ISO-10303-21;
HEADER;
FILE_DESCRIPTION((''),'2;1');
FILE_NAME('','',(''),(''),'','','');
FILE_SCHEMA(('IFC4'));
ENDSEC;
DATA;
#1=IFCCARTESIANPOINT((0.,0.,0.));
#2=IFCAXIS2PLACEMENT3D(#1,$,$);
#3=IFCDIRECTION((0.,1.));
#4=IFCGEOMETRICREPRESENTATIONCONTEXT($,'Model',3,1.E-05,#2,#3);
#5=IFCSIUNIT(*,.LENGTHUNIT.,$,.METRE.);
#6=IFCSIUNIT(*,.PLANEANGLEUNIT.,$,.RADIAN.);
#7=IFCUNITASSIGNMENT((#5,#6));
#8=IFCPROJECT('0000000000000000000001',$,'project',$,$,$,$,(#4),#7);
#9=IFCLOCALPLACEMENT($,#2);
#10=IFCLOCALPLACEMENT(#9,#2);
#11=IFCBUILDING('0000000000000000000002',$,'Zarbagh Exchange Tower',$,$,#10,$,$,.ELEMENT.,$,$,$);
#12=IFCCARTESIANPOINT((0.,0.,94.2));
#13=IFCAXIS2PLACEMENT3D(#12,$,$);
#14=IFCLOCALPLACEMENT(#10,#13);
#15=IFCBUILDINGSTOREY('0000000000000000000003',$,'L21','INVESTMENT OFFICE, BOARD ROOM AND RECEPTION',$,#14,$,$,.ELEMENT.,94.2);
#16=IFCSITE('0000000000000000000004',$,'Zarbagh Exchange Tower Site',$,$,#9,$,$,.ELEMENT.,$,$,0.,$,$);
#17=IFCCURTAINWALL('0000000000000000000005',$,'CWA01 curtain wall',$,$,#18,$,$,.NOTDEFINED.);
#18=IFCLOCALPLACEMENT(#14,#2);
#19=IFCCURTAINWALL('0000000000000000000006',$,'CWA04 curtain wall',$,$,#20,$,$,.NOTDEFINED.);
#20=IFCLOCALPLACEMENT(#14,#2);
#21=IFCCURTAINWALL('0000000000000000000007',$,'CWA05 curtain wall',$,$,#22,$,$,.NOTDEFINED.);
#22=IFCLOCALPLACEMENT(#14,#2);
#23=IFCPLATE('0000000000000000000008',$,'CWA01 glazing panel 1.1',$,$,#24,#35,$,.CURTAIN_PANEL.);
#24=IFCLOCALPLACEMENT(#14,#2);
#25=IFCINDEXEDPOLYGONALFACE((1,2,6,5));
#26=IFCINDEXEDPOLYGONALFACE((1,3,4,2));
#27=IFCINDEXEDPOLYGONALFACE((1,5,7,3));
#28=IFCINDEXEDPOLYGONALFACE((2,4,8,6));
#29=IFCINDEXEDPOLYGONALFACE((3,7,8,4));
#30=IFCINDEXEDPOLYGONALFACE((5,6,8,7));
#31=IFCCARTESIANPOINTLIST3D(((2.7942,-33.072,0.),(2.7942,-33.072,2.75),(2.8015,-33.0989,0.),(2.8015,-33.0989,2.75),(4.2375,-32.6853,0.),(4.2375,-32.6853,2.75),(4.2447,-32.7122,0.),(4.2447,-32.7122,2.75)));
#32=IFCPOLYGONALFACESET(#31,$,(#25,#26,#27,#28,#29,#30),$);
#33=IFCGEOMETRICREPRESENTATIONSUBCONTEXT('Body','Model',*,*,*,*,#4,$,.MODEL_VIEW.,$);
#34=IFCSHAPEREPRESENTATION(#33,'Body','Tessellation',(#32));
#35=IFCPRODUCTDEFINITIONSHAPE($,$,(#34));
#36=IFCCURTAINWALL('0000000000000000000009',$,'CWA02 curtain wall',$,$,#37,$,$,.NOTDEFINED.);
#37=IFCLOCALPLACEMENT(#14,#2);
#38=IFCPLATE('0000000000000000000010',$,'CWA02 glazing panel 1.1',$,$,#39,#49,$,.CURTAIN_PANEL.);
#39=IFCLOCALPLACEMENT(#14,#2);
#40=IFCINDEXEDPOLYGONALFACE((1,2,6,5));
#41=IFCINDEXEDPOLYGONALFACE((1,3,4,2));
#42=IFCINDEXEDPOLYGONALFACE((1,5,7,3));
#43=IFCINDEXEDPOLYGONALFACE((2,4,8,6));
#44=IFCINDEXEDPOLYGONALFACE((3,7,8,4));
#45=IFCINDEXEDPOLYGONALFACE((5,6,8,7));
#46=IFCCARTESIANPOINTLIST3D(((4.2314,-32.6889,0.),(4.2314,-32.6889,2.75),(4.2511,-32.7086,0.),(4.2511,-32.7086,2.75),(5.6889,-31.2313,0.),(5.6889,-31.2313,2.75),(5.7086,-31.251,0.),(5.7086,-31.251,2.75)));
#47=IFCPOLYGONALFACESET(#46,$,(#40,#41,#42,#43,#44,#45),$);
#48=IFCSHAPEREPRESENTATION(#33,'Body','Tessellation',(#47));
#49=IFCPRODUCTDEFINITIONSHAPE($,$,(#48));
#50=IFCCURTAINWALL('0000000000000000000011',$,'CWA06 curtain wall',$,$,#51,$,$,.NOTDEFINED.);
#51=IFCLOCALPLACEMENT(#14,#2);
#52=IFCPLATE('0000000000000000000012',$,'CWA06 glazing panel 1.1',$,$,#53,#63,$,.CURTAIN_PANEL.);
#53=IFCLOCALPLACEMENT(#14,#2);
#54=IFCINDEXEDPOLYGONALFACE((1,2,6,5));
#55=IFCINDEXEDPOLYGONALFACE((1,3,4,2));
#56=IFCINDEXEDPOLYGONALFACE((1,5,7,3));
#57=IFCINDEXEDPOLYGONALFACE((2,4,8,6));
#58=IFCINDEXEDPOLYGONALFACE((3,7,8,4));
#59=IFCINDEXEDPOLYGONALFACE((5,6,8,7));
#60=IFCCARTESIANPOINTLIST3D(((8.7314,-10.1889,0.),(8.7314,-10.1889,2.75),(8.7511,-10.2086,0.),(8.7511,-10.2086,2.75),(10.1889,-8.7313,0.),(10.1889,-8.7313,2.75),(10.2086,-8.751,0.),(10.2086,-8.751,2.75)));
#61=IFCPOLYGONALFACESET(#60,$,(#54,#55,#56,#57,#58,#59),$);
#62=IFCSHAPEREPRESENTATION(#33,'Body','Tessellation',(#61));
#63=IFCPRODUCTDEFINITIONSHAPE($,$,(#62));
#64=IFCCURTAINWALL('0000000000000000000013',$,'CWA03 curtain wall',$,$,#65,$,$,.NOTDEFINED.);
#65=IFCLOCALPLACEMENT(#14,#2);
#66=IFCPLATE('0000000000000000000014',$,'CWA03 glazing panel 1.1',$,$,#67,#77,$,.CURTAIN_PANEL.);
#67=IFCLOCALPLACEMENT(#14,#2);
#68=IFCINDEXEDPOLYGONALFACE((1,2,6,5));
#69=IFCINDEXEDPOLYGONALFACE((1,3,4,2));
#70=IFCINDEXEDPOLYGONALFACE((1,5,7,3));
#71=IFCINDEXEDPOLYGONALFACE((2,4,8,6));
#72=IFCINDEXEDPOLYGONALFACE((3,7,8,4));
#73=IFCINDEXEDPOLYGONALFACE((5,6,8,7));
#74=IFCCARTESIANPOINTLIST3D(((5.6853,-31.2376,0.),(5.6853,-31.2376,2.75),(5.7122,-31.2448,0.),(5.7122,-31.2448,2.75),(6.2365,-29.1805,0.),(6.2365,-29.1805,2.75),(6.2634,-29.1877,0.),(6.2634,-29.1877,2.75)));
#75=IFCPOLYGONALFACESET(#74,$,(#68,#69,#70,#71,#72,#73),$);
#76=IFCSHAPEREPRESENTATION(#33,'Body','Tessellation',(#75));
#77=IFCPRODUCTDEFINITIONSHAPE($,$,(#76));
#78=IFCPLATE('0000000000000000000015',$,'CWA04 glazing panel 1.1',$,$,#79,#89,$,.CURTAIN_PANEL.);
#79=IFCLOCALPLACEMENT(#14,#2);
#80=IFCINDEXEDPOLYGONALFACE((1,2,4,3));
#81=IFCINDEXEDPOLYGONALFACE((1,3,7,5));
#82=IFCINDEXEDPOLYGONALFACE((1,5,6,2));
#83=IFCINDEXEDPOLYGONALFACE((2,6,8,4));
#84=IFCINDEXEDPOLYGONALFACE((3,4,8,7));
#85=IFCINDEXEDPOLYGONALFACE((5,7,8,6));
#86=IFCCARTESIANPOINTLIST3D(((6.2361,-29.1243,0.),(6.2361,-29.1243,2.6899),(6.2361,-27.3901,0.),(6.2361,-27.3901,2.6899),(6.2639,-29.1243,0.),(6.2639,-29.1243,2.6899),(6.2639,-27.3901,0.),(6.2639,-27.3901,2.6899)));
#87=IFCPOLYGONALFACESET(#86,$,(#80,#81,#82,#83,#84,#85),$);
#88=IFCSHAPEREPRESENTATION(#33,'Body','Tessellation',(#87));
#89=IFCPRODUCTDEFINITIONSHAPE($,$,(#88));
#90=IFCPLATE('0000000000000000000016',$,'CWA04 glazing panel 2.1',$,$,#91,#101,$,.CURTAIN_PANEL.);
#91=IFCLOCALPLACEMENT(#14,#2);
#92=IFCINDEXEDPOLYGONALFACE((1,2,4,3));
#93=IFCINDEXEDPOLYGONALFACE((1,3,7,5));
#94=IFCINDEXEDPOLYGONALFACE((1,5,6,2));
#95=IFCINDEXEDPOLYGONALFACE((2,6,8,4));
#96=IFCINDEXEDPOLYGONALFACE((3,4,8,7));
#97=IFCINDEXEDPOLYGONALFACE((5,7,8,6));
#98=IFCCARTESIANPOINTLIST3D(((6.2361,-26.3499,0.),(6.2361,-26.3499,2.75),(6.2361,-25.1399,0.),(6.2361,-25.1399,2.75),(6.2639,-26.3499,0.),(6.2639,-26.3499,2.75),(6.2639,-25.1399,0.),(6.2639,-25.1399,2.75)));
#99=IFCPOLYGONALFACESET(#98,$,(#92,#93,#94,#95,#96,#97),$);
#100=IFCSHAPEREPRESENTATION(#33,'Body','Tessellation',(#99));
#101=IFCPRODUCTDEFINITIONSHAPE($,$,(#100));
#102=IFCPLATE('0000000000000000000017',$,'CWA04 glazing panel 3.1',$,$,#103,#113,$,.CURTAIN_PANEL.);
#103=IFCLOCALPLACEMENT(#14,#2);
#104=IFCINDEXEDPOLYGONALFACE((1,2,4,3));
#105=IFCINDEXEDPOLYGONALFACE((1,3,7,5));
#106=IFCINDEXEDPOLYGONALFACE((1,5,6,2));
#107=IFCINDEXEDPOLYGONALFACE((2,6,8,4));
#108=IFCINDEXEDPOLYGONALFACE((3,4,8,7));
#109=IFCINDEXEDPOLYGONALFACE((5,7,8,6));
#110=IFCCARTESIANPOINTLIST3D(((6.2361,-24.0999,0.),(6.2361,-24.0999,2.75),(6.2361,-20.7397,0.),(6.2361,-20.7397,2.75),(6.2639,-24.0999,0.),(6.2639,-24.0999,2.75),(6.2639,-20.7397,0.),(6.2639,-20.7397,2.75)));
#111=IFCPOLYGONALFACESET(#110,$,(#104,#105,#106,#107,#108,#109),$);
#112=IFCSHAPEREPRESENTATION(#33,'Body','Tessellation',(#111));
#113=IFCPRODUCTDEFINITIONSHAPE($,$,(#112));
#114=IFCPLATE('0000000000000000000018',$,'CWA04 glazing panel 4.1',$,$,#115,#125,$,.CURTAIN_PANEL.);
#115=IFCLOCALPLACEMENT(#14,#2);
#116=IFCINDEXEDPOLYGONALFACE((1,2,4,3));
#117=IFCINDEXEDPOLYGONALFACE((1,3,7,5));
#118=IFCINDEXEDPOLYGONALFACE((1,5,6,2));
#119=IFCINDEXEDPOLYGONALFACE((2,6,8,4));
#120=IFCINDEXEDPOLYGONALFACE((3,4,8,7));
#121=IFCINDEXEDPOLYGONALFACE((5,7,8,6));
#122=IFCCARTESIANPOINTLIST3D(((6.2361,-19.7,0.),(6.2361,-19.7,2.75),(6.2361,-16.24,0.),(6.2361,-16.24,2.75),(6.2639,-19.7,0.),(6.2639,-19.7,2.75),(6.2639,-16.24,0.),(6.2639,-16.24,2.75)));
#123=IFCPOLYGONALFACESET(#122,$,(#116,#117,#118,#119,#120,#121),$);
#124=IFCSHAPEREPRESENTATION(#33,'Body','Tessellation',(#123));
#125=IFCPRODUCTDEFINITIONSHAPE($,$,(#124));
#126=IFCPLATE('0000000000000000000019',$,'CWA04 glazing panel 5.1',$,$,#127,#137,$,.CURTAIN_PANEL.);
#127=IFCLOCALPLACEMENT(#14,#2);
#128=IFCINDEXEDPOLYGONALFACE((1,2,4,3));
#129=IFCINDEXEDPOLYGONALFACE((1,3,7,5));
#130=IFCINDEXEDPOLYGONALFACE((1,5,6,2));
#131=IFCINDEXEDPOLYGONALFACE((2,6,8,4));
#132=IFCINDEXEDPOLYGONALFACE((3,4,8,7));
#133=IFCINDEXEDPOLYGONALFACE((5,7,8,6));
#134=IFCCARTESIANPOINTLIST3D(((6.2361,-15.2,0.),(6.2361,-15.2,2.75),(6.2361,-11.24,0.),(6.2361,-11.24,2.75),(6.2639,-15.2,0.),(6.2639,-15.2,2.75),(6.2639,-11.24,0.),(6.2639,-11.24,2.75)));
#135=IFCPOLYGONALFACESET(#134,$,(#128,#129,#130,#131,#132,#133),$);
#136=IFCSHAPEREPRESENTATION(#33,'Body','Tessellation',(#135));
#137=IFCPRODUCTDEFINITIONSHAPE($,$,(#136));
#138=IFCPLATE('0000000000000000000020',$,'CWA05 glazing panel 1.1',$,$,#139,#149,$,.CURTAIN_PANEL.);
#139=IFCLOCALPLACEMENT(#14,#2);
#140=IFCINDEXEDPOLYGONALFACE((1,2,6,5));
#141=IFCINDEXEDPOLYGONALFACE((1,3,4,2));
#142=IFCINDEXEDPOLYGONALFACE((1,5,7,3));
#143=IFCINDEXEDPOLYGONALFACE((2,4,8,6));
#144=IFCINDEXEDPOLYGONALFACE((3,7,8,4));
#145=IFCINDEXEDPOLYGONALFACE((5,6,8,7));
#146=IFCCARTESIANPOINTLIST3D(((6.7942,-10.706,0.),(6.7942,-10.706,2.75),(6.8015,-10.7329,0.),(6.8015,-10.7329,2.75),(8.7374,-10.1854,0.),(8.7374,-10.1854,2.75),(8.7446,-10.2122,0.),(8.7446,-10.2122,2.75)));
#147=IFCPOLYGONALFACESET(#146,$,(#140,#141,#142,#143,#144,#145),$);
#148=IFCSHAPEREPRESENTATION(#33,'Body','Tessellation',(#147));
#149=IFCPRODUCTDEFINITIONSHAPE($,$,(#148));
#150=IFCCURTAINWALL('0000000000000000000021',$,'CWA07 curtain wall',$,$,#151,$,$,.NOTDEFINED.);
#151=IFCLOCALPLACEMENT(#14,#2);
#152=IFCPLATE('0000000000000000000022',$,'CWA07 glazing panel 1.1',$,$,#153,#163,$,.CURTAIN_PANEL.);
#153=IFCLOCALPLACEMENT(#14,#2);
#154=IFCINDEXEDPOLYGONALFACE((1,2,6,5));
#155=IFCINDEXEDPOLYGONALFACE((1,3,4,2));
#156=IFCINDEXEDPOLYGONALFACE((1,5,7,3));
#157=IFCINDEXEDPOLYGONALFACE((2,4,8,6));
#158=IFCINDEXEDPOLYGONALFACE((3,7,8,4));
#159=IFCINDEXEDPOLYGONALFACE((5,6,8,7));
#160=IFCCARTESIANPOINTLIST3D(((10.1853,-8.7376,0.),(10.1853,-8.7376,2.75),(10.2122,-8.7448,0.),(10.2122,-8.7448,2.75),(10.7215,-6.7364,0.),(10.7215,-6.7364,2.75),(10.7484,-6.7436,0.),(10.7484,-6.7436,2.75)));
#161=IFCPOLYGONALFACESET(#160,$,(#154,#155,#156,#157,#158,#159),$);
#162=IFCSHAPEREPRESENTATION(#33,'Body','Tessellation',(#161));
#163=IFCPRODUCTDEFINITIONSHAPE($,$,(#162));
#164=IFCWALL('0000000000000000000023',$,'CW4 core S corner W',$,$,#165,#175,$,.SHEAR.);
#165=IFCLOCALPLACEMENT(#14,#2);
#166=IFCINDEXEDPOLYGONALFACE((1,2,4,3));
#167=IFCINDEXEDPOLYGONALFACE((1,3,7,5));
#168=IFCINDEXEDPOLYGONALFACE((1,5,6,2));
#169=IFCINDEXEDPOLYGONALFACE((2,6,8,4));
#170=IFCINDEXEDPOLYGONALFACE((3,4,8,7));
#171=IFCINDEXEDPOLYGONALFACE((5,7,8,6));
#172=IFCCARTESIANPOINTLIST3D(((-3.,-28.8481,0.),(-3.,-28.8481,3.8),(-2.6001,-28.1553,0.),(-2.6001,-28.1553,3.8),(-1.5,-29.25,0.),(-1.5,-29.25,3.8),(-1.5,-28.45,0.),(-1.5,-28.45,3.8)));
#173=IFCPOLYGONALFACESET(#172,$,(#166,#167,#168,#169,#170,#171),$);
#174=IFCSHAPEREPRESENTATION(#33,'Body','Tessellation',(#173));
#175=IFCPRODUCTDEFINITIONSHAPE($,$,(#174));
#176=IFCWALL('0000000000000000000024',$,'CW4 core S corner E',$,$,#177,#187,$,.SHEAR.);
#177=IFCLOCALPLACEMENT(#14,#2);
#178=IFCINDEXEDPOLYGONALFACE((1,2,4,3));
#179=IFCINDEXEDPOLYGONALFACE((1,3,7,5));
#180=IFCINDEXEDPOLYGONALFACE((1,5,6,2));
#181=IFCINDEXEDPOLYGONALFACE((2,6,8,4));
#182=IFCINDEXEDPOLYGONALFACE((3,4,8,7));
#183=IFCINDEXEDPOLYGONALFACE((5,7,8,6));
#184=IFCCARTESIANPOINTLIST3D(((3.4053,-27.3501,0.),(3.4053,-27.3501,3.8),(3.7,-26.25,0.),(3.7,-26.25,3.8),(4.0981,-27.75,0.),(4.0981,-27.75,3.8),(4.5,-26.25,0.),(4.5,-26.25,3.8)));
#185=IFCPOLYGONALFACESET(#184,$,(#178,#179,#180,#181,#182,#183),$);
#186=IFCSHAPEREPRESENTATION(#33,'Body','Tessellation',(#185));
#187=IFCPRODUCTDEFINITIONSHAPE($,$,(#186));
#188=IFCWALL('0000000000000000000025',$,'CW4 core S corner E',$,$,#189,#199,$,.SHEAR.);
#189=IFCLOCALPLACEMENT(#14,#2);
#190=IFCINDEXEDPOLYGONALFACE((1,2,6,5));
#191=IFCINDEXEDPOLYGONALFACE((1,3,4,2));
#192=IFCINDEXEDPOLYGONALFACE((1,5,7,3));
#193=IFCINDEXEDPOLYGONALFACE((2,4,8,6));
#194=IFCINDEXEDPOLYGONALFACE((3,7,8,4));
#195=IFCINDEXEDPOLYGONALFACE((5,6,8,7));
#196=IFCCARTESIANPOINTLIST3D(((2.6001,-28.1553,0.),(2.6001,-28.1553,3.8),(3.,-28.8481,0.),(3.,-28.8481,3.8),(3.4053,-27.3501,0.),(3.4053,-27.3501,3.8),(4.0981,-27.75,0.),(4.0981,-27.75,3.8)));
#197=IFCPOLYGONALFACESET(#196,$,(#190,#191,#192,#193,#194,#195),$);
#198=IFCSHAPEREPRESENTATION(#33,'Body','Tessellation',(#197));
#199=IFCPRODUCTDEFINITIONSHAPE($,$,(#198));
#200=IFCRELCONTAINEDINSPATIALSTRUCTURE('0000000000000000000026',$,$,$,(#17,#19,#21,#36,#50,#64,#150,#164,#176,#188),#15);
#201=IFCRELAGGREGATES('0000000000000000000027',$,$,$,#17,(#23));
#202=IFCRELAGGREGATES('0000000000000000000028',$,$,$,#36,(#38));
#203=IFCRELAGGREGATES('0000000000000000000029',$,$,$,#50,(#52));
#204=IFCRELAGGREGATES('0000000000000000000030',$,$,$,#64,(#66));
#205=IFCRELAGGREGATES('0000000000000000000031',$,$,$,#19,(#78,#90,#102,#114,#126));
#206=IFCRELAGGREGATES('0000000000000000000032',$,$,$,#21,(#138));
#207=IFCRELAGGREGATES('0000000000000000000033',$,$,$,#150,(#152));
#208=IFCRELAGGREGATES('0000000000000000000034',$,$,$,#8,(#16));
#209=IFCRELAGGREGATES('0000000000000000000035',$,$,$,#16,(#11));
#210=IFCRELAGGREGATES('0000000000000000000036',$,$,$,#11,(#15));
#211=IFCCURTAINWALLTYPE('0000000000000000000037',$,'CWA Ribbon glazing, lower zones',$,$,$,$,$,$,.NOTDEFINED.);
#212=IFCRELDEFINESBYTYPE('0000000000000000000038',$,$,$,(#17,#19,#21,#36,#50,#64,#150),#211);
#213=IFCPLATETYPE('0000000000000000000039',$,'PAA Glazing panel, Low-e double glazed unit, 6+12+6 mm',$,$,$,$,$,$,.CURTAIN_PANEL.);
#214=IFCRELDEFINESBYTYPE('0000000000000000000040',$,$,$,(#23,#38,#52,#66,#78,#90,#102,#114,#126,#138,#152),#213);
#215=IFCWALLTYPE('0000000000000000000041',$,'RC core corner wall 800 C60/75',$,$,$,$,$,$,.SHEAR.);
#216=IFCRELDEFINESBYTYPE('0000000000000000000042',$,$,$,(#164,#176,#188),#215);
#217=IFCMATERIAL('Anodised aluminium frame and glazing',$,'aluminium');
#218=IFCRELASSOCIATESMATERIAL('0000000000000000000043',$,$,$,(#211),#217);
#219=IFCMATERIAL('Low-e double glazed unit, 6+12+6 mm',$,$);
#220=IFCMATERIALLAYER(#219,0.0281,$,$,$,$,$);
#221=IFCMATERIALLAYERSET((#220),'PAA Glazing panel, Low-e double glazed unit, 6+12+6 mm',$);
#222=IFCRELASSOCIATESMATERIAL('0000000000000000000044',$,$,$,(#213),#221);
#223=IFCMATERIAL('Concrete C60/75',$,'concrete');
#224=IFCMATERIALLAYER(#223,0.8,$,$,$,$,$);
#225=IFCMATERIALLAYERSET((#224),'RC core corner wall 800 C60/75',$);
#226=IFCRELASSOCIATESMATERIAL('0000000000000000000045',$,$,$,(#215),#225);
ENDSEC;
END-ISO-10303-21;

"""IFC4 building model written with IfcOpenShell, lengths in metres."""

from ifc_helpers import new_model, si_unit, direction, frame, origin, place, context, subcontext, project, spatial, polyline, outline, extrude, source, transform, mapped, material, layer, layer_set, type_object, element, aggregate, save


model = new_model("IFC4")

# Units and contexts
model_context = context("Model", 3, precision=1e-05, world=origin(), true_north=direction((0.0, 1.0)))
body_context = subcontext(model_context, "Body", "Model", "MODEL_VIEW")
ifc_project = project(units=[si_unit("LENGTHUNIT", "METRE"), si_unit("PLANEANGLEUNIT", "RADIAN")], contexts=[model_context])

# Site, building, storey
site_placement = place(None, origin())
site = spatial("IfcSite", under=ifc_project, at=site_placement, Name="Zarbagh Exchange Tower Site", CompositionType="ELEMENT", RefElevation=0.0)
building_placement = place(site_placement, origin())
building = spatial("IfcBuilding", under=site, at=building_placement, Name="Zarbagh Exchange Tower", CompositionType="ELEMENT")
storey_placement = place(building_placement, frame((0.0, 0.0, 94.2)))
storey = spatial("IfcBuildingStorey", under=building, at=storey_placement, Name="L21", Description="INVESTMENT OFFICE, BOARD ROOM AND RECEPTION", CompositionType="ELEMENT", Elevation=94.2)

# Curtain wall
ifc_material_1 = material(Name="Anodised aluminium frame and glazing", Category="aluminium")
curtain_wall_type = type_object("IfcCurtainWallType", Name="CWA Ribbon glazing, lower zones", PredefinedType="NOTDEFINED", material=ifc_material_1)
curtain_wall_1_placement = place(storey_placement, origin())
curtain_wall_1 = element("IfcCurtainWall", 1, at=curtain_wall_1_placement, inside=storey, type_object=curtain_wall_type, Name="CWA01 curtain wall", PredefinedType="NOTDEFINED")
placement = place(storey_placement, origin())

# Curtain wall
curtain_wall_2_placement = place(storey_placement, origin())
curtain_wall_2 = element("IfcCurtainWall", 2, at=curtain_wall_2_placement, inside=storey, type_object=curtain_wall_type, Name="CWA04 curtain wall", PredefinedType="NOTDEFINED")

# Curtain wall
curtain_wall_3_placement = place(storey_placement, origin())
curtain_wall_3 = element("IfcCurtainWall", 3, at=curtain_wall_3_placement, inside=storey, type_object=curtain_wall_type, Name="CWA05 curtain wall", PredefinedType="NOTDEFINED")

# Plate
ifc_material_2 = material(Name="Low-e double glazed unit, 6+12+6 mm")
ifc_layer_1 = layer(ifc_material_2, 0.0281)
ifc_layer_set_1 = layer_set([ifc_layer_1], Name="PAA Glazing panel, Low-e double glazed unit, 6+12+6 mm")
plate_type = type_object("IfcPlateType", Name="PAA Glazing panel, Low-e double glazed unit, 6+12+6 mm", PredefinedType="CURTAIN_PANEL", material=ifc_layer_set_1)
shared_shape_1 = source(origin(), body_context, "Body", "SweptSolid", [
    extrude(outline(polyline([(0.0, -0.0139), (1.4941, -0.0139), (1.4941, 0.0139), (0.0, 0.0139), (0.0, -0.0139)])), origin(), (0.0, 0.0, 1.0), 2.75),
])
plate_1 = element("IfcPlate", 4, at=placement, type_object=plate_type, Name="CWA01 glazing panel 1.1", PredefinedType="CURTAIN_PANEL", context=body_context, shape_type="MappedRepresentation", body=[
    mapped(shared_shape_1, transform((2.7979, -33.0854, 0.0), x_axis=(0.965924, 0.258825, 0.0), y_axis=(-0.258825, 0.965924, 0.0), z_axis=(0.0, 0.0, 1.0))),
])
aggregate(curtain_wall_1, [plate_1])

# Curtain walls, plates
curtain_wall_4_placement = place(storey_placement, origin())
curtain_wall_4 = element("IfcCurtainWall", 5, at=curtain_wall_4_placement, inside=storey, type_object=curtain_wall_type, Name="CWA02 curtain wall", PredefinedType="NOTDEFINED")
shared_shape_2 = source(origin(), body_context, "Body", "SweptSolid", [
    extrude(outline(polyline([(0.0, -0.0139), (2.0613, -0.0139), (2.0613, 0.0139), (0.0, 0.0139), (0.0, -0.0139)])), origin(), (0.0, 0.0, 1.0), 2.75),
])
plate_2 = element("IfcPlate", 6, at=placement, type_object=plate_type, Name="CWA02 glazing panel 1.1", PredefinedType="CURTAIN_PANEL", context=body_context, shape_type="MappedRepresentation", body=[
    mapped(shared_shape_2, transform((4.2412, -32.6987, 0.0), x_axis=(0.707107, 0.707107, 0.0), y_axis=(-0.707107, 0.707107, 0.0), z_axis=(0.0, 0.0, 1.0))),
])
aggregate(curtain_wall_4, [plate_2])
curtain_wall_5_placement = place(storey_placement, origin())
curtain_wall_5 = element("IfcCurtainWall", 7, at=curtain_wall_5_placement, inside=storey, type_object=curtain_wall_type, Name="CWA06 curtain wall", PredefinedType="NOTDEFINED")
plate_3 = element("IfcPlate", 8, at=placement, type_object=plate_type, Name="CWA06 glazing panel 1.1", PredefinedType="CURTAIN_PANEL", context=body_context, shape_type="MappedRepresentation", body=[
    mapped(shared_shape_2, transform((8.7412, -10.1987, 0.0), x_axis=(0.707107, 0.707107, 0.0), y_axis=(-0.707107, 0.707107, 0.0), z_axis=(0.0, 0.0, 1.0))),
])
aggregate(curtain_wall_5, [plate_3])
curtain_wall_6_placement = place(storey_placement, origin())
curtain_wall_6 = element("IfcCurtainWall", 9, at=curtain_wall_6_placement, inside=storey, type_object=curtain_wall_type, Name="CWA03 curtain wall", PredefinedType="NOTDEFINED")
shared_shape_3 = source(origin(), body_context, "Body", "SweptSolid", [
    extrude(outline(polyline([(0.0, -0.0139), (2.1296, -0.0139), (2.1296, 0.0139), (0.0, 0.0139), (0.0, -0.0139)])), origin(), (0.0, 0.0, 1.0), 2.75),
])
plate_4 = element("IfcPlate", 10, at=placement, type_object=plate_type, Name="CWA03 glazing panel 1.1", PredefinedType="CURTAIN_PANEL", context=body_context, shape_type="MappedRepresentation", body=[
    mapped(shared_shape_3, transform((5.6987, -31.2412, 0.0), x_axis=(0.258825, 0.965924, 0.0), y_axis=(-0.965924, 0.258825, 0.0), z_axis=(0.0, 0.0, 1.0))),
])
aggregate(curtain_wall_6, [plate_4])

# Plates
shared_shape_4 = source(origin(), body_context, "Body", "SweptSolid", [
    extrude(outline(polyline([(0.0, -0.0139), (1.7341, -0.0139), (1.7341, 0.0139), (0.0, 0.0139), (0.0, -0.0139)])), origin(), (0.0, 0.0, 1.0), 2.6899),
])
plate_5 = element("IfcPlate", 11, at=placement, type_object=plate_type, Name="CWA04 glazing panel 1.1", PredefinedType="CURTAIN_PANEL", context=body_context, shape_type="MappedRepresentation", body=[
    mapped(shared_shape_4, transform((6.25, -29.1243, 0.0), x_axis=(0.0, 1.0, 0.0), y_axis=(-1.0, 0.0, 0.0), z_axis=(0.0, 0.0, 1.0))),
])
shared_shape_5 = source(origin(), body_context, "Body", "SweptSolid", [
    extrude(outline(polyline([(0.0, -0.0139), (1.21, -0.0139), (1.21, 0.0139), (0.0, 0.0139), (0.0, -0.0139)])), origin(), (0.0, 0.0, 1.0), 2.75),
])
plate_6 = element("IfcPlate", 12, at=placement, type_object=plate_type, Name="CWA04 glazing panel 2.1", PredefinedType="CURTAIN_PANEL", context=body_context, shape_type="MappedRepresentation", body=[
    mapped(shared_shape_5, transform((6.25, -26.3499, 0.0), x_axis=(0.0, 1.0, 0.0), y_axis=(-1.0, 0.0, 0.0), z_axis=(0.0, 0.0, 1.0))),
])
shared_shape_6 = source(origin(), body_context, "Body", "SweptSolid", [
    extrude(outline(polyline([(0.0, -0.0139), (3.3601, -0.0139), (3.3601, 0.0139), (0.0, 0.0139), (0.0, -0.0139)])), origin(), (0.0, 0.0, 1.0), 2.75),
])
plate_7 = element("IfcPlate", 13, at=placement, type_object=plate_type, Name="CWA04 glazing panel 3.1", PredefinedType="CURTAIN_PANEL", context=body_context, shape_type="MappedRepresentation", body=[
    mapped(shared_shape_6, transform((6.25, -24.0999, 0.0), x_axis=(0.0, 1.0, 0.0), y_axis=(-1.0, 0.0, 0.0), z_axis=(0.0, 0.0, 1.0))),
])
shared_shape_7 = source(origin(), body_context, "Body", "SweptSolid", [
    extrude(outline(polyline([(0.0, -0.0139), (3.46, -0.0139), (3.46, 0.0139), (0.0, 0.0139), (0.0, -0.0139)])), origin(), (0.0, 0.0, 1.0), 2.75),
])
plate_8 = element("IfcPlate", 14, at=placement, type_object=plate_type, Name="CWA04 glazing panel 4.1", PredefinedType="CURTAIN_PANEL", context=body_context, shape_type="MappedRepresentation", body=[
    mapped(shared_shape_7, transform((6.25, -19.7, 0.0), x_axis=(0.0, 1.0, 0.0), y_axis=(-1.0, 0.0, 0.0), z_axis=(0.0, 0.0, 1.0))),
])
shared_shape_8 = source(origin(), body_context, "Body", "SweptSolid", [
    extrude(outline(polyline([(0.0, -0.0139), (3.96, -0.0139), (3.96, 0.0139), (0.0, 0.0139), (0.0, -0.0139)])), origin(), (0.0, 0.0, 1.0), 2.75),
])
plate_9 = element("IfcPlate", 15, at=placement, type_object=plate_type, Name="CWA04 glazing panel 5.1", PredefinedType="CURTAIN_PANEL", context=body_context, shape_type="MappedRepresentation", body=[
    mapped(shared_shape_8, transform((6.25, -15.2, 0.0), x_axis=(0.0, 1.0, 0.0), y_axis=(-1.0, 0.0, 0.0), z_axis=(0.0, 0.0, 1.0))),
])
aggregate(curtain_wall_2, [plate_5, plate_6, plate_7, plate_8, plate_9])
shared_shape_9 = source(origin(), body_context, "Body", "SweptSolid", [
    extrude(outline(polyline([(0.0, -0.0139), (2.0117, -0.0139), (2.0117, 0.0139), (0.0, 0.0139), (0.0, -0.0139)])), origin(), (0.0, 0.0, 1.0), 2.75),
])
plate_10 = element("IfcPlate", 16, at=placement, type_object=plate_type, Name="CWA05 glazing panel 1.1", PredefinedType="CURTAIN_PANEL", context=body_context, shape_type="MappedRepresentation", body=[
    mapped(shared_shape_9, transform((6.7979, -10.7195, 0.0), x_axis=(0.965924, 0.258825, 0.0), y_axis=(-0.258825, 0.965924, 0.0), z_axis=(0.0, 0.0, 1.0))),
])
aggregate(curtain_wall_3, [plate_10])

# Curtain wall, plate
curtain_wall_7_placement = place(storey_placement, origin())
curtain_wall_7 = element("IfcCurtainWall", 17, at=curtain_wall_7_placement, inside=storey, type_object=curtain_wall_type, Name="CWA07 curtain wall", PredefinedType="NOTDEFINED")
shared_shape_10 = source(origin(), body_context, "Body", "SweptSolid", [
    extrude(outline(polyline([(0.0, -0.0139), (2.0718, -0.0139), (2.0718, 0.0139), (0.0, 0.0139), (0.0, -0.0139)])), origin(), (0.0, 0.0, 1.0), 2.75),
])
plate_11 = element("IfcPlate", 18, at=placement, type_object=plate_type, Name="CWA07 glazing panel 1.1", PredefinedType="CURTAIN_PANEL", context=body_context, shape_type="MappedRepresentation", body=[
    mapped(shared_shape_10, transform((10.1987, -8.7412, 0.0), x_axis=(0.258825, 0.965924, 0.0), y_axis=(-0.965924, 0.258825, 0.0), z_axis=(0.0, 0.0, 1.0))),
])
aggregate(curtain_wall_7, [plate_11])

# Walls
ifc_material_3 = material(Name="Concrete C60/75", Category="concrete")
ifc_layer_2 = layer(ifc_material_3, 0.8)
ifc_layer_set_2 = layer_set([ifc_layer_2], Name="RC core corner wall 800 C60/75")
wall_type = type_object("IfcWallType", Name="RC core corner wall 800 C60/75", PredefinedType="SHEAR", material=ifc_layer_set_2)
wall_1_placement = place(storey_placement, origin())
element("IfcWall", 19, at=wall_1_placement, inside=storey, type_object=wall_type, Name="CW4 core S corner W", PredefinedType="SHEAR", context=body_context, shape_type="SweptSolid", body=[
    extrude(outline(polyline([(-3.0, -28.8481), (-1.5, -29.25), (-1.5, -28.45), (-2.6001, -28.1553), (-3.0, -28.8481)])), origin(), (0.0, 0.0, 1.0), 3.8),
])
wall_2_placement = place(storey_placement, origin())
element("IfcWall", 20, at=wall_2_placement, inside=storey, type_object=wall_type, Name="CW4 core S corner E", PredefinedType="SHEAR", context=body_context, shape_type="SweptSolid", body=[
    extrude(outline(polyline([(4.5, -26.25), (4.0981, -27.75), (3.4053, -27.3501), (3.7, -26.25), (4.5, -26.25)])), origin(), (0.0, 0.0, 1.0), 3.8),
])
wall_3_placement = place(storey_placement, origin())
element("IfcWall", 21, at=wall_3_placement, inside=storey, type_object=wall_type, Name="CW4 core S corner E", PredefinedType="SHEAR", context=body_context, shape_type="SweptSolid", body=[
    extrude(outline(polyline([(4.0981, -27.75), (3.0, -28.8481), (2.6001, -28.1553), (3.4053, -27.3501), (4.0981, -27.75)])), origin(), (0.0, 0.0, 1.0), 3.8),
])

save(model, "model.ifc")
